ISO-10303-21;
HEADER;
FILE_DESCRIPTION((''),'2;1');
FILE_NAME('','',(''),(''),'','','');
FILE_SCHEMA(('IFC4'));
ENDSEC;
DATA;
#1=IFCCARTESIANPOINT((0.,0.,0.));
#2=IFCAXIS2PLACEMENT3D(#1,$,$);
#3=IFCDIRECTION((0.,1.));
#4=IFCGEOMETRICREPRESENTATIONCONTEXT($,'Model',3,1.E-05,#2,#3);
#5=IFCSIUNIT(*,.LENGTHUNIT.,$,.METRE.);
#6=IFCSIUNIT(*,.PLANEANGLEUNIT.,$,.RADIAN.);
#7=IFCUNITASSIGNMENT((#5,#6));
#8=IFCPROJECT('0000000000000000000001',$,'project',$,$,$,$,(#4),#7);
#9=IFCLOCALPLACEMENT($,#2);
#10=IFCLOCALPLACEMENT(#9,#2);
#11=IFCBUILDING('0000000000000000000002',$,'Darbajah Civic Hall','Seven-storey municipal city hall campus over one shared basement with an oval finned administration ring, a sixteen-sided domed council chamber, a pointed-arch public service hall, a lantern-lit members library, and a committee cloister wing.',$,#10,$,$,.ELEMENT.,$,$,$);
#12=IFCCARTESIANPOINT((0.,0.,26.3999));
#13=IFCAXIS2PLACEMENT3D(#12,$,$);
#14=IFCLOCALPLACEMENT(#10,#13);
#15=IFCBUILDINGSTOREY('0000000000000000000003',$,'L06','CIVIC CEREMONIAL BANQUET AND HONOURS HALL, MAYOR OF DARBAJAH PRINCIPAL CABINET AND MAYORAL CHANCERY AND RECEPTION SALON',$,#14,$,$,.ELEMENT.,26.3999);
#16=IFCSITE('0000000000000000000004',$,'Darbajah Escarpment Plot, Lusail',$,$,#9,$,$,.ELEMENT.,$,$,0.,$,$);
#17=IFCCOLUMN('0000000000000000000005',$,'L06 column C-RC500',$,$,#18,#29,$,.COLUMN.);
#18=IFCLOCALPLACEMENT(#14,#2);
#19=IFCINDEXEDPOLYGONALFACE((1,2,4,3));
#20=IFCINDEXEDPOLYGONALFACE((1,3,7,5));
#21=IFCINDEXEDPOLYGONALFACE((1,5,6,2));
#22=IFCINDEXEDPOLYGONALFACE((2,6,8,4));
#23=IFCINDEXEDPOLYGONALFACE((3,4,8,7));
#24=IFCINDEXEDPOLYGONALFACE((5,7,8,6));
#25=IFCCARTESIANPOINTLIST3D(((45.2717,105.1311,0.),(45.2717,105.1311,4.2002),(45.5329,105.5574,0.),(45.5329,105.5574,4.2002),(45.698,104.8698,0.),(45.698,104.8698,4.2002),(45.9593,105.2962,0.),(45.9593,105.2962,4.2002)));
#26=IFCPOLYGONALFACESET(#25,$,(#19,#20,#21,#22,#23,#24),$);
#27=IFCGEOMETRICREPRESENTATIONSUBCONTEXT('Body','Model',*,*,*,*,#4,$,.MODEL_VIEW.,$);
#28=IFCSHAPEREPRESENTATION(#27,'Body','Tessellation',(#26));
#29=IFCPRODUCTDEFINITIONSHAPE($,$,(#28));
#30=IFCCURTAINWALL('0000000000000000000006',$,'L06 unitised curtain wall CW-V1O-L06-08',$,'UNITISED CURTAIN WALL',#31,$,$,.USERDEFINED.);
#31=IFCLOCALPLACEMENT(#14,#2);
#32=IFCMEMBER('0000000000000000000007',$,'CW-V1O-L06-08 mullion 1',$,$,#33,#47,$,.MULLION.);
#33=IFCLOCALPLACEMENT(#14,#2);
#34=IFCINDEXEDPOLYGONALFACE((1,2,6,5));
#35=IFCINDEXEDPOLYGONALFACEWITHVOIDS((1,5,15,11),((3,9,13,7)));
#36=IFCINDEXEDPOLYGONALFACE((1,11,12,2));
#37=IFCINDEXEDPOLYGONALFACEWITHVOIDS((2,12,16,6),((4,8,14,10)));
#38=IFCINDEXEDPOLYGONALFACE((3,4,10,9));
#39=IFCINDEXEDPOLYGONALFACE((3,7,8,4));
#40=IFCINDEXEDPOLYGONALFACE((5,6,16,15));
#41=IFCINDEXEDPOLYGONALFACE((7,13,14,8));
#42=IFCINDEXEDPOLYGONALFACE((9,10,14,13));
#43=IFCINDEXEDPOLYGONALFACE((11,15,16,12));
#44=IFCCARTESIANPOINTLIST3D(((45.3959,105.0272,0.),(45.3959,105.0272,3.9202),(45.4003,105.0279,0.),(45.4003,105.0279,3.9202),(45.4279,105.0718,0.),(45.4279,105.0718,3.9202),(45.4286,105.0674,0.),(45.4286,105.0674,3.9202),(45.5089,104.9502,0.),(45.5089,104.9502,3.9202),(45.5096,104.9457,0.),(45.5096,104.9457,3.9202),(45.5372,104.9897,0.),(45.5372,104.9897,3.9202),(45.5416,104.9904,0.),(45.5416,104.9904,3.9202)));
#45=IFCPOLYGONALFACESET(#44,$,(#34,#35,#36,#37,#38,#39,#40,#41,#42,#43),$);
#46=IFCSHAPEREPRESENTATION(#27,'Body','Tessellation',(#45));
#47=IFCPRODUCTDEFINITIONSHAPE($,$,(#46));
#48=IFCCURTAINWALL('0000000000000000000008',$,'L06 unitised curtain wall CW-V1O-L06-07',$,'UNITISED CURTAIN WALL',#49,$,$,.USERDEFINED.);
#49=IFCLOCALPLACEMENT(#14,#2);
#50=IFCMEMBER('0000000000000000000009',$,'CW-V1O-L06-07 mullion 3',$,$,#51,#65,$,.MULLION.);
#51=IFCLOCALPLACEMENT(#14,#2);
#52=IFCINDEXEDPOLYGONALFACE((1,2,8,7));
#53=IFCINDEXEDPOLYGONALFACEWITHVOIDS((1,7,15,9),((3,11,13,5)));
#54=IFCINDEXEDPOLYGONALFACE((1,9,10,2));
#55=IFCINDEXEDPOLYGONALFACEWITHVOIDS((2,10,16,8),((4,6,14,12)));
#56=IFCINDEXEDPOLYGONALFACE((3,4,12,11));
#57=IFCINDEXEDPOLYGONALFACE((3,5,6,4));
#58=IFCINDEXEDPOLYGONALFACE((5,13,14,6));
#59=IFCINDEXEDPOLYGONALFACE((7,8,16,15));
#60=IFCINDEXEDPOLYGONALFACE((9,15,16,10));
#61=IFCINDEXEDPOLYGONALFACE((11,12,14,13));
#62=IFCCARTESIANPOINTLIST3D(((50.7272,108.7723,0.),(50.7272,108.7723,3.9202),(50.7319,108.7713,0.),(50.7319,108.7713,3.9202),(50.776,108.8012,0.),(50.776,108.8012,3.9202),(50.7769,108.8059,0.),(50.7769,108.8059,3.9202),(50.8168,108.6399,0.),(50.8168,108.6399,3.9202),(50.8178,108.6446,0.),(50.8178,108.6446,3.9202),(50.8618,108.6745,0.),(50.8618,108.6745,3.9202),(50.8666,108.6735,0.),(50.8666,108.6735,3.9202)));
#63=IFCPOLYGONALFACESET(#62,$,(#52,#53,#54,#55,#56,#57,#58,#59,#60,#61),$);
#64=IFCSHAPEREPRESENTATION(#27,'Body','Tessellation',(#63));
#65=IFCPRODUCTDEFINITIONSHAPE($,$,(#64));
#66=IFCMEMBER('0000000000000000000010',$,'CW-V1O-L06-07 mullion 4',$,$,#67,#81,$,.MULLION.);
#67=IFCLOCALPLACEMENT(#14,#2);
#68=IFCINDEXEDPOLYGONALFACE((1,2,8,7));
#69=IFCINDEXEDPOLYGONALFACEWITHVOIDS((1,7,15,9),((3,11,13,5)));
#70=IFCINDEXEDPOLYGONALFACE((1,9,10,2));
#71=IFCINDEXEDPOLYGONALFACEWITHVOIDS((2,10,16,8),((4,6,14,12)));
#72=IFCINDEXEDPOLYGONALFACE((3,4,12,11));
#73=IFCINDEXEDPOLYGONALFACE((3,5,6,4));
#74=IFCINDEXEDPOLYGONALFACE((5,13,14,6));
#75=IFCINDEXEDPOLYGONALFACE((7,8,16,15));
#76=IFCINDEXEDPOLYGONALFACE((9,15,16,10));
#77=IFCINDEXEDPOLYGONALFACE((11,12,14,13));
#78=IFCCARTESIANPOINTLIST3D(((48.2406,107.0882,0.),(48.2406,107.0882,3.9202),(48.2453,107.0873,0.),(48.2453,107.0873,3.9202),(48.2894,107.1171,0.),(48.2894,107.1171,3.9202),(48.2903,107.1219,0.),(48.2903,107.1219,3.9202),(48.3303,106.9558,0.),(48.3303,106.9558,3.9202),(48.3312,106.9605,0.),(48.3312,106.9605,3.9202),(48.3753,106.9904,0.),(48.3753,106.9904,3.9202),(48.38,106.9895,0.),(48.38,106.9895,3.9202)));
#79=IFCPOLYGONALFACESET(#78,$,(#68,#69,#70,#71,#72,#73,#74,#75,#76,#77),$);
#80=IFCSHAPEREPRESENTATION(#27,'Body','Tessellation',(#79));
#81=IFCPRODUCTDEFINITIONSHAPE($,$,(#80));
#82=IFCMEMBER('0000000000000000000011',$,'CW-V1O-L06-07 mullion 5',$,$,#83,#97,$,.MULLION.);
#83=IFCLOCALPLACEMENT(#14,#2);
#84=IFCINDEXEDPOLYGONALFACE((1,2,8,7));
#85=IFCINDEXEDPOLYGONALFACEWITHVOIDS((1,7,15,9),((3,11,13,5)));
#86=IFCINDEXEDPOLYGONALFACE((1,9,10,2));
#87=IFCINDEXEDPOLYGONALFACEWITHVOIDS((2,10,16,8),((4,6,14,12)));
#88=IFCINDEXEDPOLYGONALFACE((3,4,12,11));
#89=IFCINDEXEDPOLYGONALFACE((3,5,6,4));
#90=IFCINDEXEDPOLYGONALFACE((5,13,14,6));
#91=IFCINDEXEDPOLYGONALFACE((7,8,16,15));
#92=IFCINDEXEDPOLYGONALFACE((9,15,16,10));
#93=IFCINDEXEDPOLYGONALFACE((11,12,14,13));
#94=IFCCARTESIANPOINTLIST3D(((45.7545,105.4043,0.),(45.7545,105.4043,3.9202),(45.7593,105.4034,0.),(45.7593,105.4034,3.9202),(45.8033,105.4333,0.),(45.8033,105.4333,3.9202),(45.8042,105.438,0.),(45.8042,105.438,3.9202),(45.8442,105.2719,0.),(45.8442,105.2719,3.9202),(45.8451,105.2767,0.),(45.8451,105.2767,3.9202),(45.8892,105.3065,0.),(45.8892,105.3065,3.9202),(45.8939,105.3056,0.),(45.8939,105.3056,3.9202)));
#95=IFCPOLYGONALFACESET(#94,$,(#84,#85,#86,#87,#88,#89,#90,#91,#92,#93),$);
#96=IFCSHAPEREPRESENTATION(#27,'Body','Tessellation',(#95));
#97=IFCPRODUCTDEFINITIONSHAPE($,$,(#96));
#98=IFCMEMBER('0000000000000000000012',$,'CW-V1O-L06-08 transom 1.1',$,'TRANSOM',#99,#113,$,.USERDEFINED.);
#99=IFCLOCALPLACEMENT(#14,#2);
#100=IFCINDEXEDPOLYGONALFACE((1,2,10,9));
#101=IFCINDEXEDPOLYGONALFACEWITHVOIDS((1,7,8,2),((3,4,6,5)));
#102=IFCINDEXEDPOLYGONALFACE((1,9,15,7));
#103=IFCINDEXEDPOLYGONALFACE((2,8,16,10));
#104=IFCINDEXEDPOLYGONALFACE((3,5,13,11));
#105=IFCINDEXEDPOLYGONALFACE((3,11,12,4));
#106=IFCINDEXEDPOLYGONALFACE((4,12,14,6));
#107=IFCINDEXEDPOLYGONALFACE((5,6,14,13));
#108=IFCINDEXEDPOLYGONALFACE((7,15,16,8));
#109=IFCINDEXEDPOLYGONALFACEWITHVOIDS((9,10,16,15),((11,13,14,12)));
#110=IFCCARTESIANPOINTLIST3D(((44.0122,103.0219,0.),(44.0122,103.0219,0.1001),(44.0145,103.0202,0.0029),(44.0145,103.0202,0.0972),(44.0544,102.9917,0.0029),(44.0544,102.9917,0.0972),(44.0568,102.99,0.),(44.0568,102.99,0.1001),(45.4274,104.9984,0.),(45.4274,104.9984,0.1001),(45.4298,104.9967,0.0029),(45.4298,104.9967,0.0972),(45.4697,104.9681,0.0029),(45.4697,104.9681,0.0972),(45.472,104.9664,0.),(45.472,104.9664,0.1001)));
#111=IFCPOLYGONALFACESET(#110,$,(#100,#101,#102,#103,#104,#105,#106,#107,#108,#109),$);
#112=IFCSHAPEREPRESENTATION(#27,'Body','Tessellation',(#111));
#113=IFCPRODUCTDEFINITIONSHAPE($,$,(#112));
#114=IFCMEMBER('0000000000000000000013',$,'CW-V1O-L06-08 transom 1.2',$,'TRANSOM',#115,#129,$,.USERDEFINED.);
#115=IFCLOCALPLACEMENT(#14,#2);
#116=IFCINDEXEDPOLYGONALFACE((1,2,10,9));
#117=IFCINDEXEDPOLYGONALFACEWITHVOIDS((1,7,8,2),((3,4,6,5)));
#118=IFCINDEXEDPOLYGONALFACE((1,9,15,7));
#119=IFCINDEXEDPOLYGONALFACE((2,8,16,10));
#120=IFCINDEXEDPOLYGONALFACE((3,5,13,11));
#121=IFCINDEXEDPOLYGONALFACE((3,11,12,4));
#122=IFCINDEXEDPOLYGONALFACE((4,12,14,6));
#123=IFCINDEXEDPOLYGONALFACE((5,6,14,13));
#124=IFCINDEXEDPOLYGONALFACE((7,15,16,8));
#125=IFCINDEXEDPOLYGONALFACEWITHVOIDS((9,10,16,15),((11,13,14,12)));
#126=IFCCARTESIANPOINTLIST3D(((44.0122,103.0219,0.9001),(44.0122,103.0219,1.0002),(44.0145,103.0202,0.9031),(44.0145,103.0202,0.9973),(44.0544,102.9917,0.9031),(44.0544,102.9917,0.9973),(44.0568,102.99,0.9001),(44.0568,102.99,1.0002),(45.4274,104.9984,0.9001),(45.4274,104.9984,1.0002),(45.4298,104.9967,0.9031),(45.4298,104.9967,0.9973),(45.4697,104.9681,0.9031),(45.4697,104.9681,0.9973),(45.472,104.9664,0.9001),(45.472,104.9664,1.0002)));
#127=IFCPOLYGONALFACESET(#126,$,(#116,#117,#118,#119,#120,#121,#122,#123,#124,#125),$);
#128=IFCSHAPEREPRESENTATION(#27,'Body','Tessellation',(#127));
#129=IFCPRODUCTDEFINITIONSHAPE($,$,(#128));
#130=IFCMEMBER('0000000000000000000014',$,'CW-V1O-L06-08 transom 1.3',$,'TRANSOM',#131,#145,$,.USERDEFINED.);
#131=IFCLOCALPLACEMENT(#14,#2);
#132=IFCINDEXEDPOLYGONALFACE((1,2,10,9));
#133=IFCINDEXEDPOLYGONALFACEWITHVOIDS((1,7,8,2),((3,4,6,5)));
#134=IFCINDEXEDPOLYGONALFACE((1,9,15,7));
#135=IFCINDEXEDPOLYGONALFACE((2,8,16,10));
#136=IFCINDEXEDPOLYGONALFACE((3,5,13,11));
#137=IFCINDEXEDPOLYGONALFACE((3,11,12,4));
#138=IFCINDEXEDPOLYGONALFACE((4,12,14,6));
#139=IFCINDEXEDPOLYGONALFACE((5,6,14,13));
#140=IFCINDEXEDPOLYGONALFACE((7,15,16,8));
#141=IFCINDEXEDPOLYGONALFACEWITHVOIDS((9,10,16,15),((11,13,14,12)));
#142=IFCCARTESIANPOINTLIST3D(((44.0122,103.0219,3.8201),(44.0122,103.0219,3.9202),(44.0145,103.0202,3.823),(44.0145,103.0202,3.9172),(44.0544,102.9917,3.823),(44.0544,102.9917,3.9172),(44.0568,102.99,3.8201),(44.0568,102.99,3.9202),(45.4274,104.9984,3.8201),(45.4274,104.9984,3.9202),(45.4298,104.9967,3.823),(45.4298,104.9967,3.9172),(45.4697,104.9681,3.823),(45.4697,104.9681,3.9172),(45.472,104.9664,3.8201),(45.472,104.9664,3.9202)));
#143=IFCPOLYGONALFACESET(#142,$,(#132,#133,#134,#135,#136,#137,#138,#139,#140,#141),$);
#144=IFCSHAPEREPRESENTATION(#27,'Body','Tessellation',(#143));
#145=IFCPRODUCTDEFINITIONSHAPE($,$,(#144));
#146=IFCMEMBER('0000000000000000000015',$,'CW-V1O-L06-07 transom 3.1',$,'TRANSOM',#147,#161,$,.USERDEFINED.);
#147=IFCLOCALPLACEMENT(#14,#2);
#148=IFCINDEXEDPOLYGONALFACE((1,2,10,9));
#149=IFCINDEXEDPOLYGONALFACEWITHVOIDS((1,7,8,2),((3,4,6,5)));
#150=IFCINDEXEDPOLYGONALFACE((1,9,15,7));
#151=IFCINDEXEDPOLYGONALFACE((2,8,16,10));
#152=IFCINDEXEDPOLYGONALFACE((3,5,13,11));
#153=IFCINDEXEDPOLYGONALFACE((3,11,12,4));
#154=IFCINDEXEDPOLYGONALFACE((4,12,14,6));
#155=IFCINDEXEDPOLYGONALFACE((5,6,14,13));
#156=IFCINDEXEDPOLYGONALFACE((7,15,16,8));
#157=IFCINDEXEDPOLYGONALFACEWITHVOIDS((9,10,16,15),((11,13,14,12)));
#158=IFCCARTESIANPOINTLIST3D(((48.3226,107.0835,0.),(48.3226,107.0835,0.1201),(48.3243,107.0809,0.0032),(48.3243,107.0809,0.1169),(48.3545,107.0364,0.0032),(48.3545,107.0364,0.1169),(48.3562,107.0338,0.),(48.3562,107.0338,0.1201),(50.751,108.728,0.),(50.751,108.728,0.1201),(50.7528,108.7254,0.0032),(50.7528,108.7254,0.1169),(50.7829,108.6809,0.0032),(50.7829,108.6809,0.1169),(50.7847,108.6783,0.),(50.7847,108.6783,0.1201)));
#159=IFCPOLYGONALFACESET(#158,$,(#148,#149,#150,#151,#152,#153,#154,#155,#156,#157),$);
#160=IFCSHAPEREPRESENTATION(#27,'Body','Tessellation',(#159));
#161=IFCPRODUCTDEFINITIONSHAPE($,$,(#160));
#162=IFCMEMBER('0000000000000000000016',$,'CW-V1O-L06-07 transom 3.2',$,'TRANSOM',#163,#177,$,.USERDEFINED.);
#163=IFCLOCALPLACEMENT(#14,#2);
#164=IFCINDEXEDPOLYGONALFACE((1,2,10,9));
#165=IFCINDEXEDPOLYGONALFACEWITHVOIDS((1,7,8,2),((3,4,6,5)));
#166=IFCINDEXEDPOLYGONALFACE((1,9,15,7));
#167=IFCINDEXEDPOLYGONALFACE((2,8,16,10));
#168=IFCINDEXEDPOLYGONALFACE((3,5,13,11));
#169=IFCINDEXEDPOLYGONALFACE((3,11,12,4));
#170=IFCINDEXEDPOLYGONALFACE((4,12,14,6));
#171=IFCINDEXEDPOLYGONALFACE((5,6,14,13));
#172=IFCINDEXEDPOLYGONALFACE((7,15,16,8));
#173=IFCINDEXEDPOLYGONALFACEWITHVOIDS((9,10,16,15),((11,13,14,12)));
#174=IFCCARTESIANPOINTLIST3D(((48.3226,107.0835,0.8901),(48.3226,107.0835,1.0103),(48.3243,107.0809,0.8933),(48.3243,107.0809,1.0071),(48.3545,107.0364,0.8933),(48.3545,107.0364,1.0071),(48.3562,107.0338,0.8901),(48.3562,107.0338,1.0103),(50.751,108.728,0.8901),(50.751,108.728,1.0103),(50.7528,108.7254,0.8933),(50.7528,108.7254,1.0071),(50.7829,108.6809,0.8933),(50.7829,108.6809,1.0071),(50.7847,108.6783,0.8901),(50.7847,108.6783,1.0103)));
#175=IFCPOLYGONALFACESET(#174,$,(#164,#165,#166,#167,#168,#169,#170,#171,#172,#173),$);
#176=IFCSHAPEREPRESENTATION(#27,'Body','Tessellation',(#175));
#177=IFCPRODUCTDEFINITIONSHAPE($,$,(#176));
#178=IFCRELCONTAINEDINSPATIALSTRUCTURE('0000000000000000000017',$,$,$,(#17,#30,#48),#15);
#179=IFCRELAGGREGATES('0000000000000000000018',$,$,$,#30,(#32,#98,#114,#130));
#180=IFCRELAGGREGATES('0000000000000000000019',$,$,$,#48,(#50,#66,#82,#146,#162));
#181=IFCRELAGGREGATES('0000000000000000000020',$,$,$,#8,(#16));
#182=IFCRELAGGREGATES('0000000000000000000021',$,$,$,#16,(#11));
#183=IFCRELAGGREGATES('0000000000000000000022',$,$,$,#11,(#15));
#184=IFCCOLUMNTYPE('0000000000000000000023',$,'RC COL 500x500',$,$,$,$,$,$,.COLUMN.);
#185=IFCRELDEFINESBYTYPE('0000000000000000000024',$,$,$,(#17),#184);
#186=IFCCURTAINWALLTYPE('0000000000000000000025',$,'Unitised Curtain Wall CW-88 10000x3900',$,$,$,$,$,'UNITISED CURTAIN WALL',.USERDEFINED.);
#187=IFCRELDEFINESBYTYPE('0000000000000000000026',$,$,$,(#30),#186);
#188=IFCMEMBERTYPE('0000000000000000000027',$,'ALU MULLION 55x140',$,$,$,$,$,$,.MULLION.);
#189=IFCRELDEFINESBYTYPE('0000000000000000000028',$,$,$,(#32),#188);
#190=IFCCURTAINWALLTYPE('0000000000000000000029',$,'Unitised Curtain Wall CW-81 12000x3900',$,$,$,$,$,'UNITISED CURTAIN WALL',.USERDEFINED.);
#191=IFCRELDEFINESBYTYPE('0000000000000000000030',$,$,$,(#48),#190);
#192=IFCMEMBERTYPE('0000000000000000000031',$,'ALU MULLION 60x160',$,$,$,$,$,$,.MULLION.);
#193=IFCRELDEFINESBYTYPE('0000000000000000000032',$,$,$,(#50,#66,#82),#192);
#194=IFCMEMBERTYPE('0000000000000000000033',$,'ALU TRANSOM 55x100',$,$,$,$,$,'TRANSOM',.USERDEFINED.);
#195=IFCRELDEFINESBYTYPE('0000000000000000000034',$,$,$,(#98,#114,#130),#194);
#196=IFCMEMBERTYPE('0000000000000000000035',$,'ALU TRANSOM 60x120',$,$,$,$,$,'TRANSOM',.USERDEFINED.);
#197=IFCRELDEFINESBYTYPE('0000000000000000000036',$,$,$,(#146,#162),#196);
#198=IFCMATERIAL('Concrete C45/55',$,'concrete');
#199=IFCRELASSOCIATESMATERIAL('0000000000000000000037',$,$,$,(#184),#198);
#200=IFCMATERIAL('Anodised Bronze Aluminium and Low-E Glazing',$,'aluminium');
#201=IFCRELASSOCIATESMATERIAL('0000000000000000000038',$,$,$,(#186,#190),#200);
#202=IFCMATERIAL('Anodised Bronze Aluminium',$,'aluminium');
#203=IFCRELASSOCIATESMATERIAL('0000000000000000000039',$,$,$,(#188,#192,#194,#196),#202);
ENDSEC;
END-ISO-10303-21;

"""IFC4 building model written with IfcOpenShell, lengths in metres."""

from ifc_helpers import new_model, si_unit, direction, frame, origin, origin_2d, place, context, subcontext, project, spatial, rectangle, hollow_rectangle, extrude, material, material_profile, profile_set, type_object, element, aggregate, save


model = new_model("IFC4")

# Units and contexts
model_context = context("Model", 3, precision=1e-05, world=origin(), true_north=direction((0.0, 1.0)))
body_context = subcontext(model_context, "Body", "Model", "MODEL_VIEW")
ifc_project = project(units=[si_unit("LENGTHUNIT", "METRE"), si_unit("PLANEANGLEUNIT", "RADIAN")], contexts=[model_context])

# Site, building, storey
site_placement = place(None, origin())
site = spatial("IfcSite", under=ifc_project, at=site_placement, Name="Darbajah Escarpment Plot, Lusail", CompositionType="ELEMENT", RefElevation=0.0)
building_placement = place(site_placement, origin())
building = spatial("IfcBuilding", under=site, at=building_placement, Name="Darbajah Civic Hall", Description="Seven-storey municipal city hall campus over one shared basement with an oval finned administration ring, a sixteen-sided domed council chamber, a pointed-arch public service hall, a lantern-lit members library, and a committee cloister wing.", CompositionType="ELEMENT")
storey_placement = place(building_placement, frame((0.0, 0.0, 26.3999)))
storey = spatial("IfcBuildingStorey", under=building, at=storey_placement, Name="L06", Description="CIVIC CEREMONIAL BANQUET AND HONOURS HALL, MAYOR OF DARBAJAH PRINCIPAL CABINET AND MAYORAL CHANCERY AND RECEPTION SALON", CompositionType="ELEMENT", Elevation=26.3999)

# Column
ifc_material_1 = material(Name="Concrete C45/55", Category="concrete")
ifc_material_profile_1 = material_profile(ifc_material_1, rectangle(XDim=0.5, YDim=0.5, at=origin_2d()), Name="RC COL 500x500")
ifc_profile_set_1 = profile_set([ifc_material_profile_1], Name="Concrete C45/55")
column_type = type_object("IfcColumnType", Name="RC COL 500x500", PredefinedType="COLUMN", material=ifc_profile_set_1)
column_placement = place(storey_placement, frame((45.6155, 105.2136, 0.0), z_axis=(0.0, 0.0, 1.0), x_axis=(-0.85264, 0.522499, 0.0)))
element("IfcColumn", 1, at=column_placement, inside=storey, type_object=column_type, Name="L06 column C-RC500", PredefinedType="COLUMN", context=body_context, shape_type="SweptSolid", body=[
    extrude(rectangle(XDim=0.5, YDim=0.5, at=origin_2d()), origin(), (0.0, 0.0, 1.0), 4.2002),
])

# Curtain wall, member
ifc_material_2 = material(Name="Anodised Bronze Aluminium and Low-E Glazing", Category="aluminium")
curtain_wall_type_1 = type_object("IfcCurtainWallType", Name="Unitised Curtain Wall CW-88 10000x3900", ElementType="UNITISED CURTAIN WALL", PredefinedType="USERDEFINED", material=ifc_material_2)
curtain_wall_1_placement = place(storey_placement, origin())
curtain_wall_1 = element("IfcCurtainWall", 2, at=curtain_wall_1_placement, inside=storey, type_object=curtain_wall_type_1, Name="L06 unitised curtain wall CW-V1O-L06-08", ObjectType="UNITISED CURTAIN WALL", PredefinedType="USERDEFINED")
ifc_material_3 = material(Name="Anodised Bronze Aluminium", Category="aluminium")
ifc_material_profile_2 = material_profile(ifc_material_3, hollow_rectangle(XDim=0.0549, YDim=0.1399, WallThickness=0.0032, at=origin_2d()), Name="ALU MULLION 55x140")
ifc_profile_set_2 = profile_set([ifc_material_profile_2], Name="Anodised Bronze Aluminium")
member_type_1 = type_object("IfcMemberType", Name="ALU MULLION 55x140", PredefinedType="MULLION", material=ifc_profile_set_2)
member_1_placement = place(storey_placement, frame((45.4688, 105.0088, 0.0), z_axis=(0.0, 0.0, 1.0), x_axis=(-0.582265, -0.812999, 0.0)))
member_1 = element("IfcMember", 3, at=member_1_placement, type_object=member_type_1, Name="CW-V1O-L06-08 mullion 1", PredefinedType="MULLION", context=body_context, shape_type="SweptSolid", body=[
    extrude(hollow_rectangle(XDim=0.0549, YDim=0.1399, WallThickness=0.0032, at=origin_2d()), origin(), (0.0, 0.0, 1.0), 3.9202),
])

# Curtain wall, members
curtain_wall_type_2 = type_object("IfcCurtainWallType", Name="Unitised Curtain Wall CW-81 12000x3900", ElementType="UNITISED CURTAIN WALL", PredefinedType="USERDEFINED", material=ifc_material_2)
curtain_wall_2_placement = place(storey_placement, origin())
curtain_wall_2 = element("IfcCurtainWall", 4, at=curtain_wall_2_placement, inside=storey, type_object=curtain_wall_type_2, Name="L06 unitised curtain wall CW-V1O-L06-07", ObjectType="UNITISED CURTAIN WALL", PredefinedType="USERDEFINED")
ifc_material_profile_3 = material_profile(ifc_material_3, hollow_rectangle(XDim=0.0601, YDim=0.1599, WallThickness=0.0034, at=origin_2d()), Name="ALU MULLION 60x160")
ifc_profile_set_3 = profile_set([ifc_material_profile_3], Name="Anodised Bronze Aluminium")
member_type_2 = type_object("IfcMemberType", Name="ALU MULLION 60x160", PredefinedType="MULLION", material=ifc_profile_set_3)
member_2_placement = place(storey_placement, frame((50.7969, 108.7229, 0.0), z_axis=(0.0, 0.0, 1.0), x_axis=(-0.827962, -0.560784, 0.0)))
member_2 = element("IfcMember", 5, at=member_2_placement, type_object=member_type_2, Name="CW-V1O-L06-07 mullion 3", PredefinedType="MULLION", context=body_context, shape_type="SweptSolid", body=[
    extrude(hollow_rectangle(XDim=0.0601, YDim=0.1599, WallThickness=0.0034, at=origin_2d()), origin(), (0.0, 0.0, 1.0), 3.9202),
])
member_3_placement = place(storey_placement, frame((48.3103, 107.0388, 0.0), z_axis=(0.0, 0.0, 1.0), x_axis=(-0.827962, -0.560784, 0.0)))
member_3 = element("IfcMember", 6, at=member_3_placement, type_object=member_type_2, Name="CW-V1O-L06-07 mullion 4", PredefinedType="MULLION", context=body_context, shape_type="SweptSolid", body=[
    extrude(hollow_rectangle(XDim=0.0601, YDim=0.1599, WallThickness=0.0034, at=origin_2d()), origin(), (0.0, 0.0, 1.0), 3.9202),
])
member_4_placement = place(storey_placement, frame((45.8242, 105.355, 0.0), z_axis=(0.0, 0.0, 1.0), x_axis=(-0.827962, -0.560784, 0.0)))
member_4 = element("IfcMember", 7, at=member_4_placement, type_object=member_type_2, Name="CW-V1O-L06-07 mullion 5", PredefinedType="MULLION", context=body_context, shape_type="SweptSolid", body=[
    extrude(hollow_rectangle(XDim=0.0601, YDim=0.1599, WallThickness=0.0034, at=origin_2d()), origin(), (0.0, 0.0, 1.0), 3.9202),
])

# Members
ifc_material_profile_4 = material_profile(ifc_material_3, hollow_rectangle(XDim=0.0549, YDim=0.1001, WallThickness=0.0029, at=origin_2d()), Name="ALU TRANSOM 55x100")
ifc_profile_set_4 = profile_set([ifc_material_profile_4], Name="Anodised Bronze Aluminium")
member_type_3 = type_object("IfcMemberType", Name="ALU TRANSOM 55x100", ElementType="TRANSOM", PredefinedType="USERDEFINED", material=ifc_profile_set_4)
member_5_placement = place(storey_placement, frame((45.4497, 104.9824, 0.05), z_axis=(-0.582178, -0.813061, 0.0), x_axis=(0.813061, -0.582178, 0.0)))
member_5 = element("IfcMember", 8, at=member_5_placement, type_object=member_type_3, Name="CW-V1O-L06-08 transom 1.1", ObjectType="TRANSOM", PredefinedType="USERDEFINED", context=body_context, shape_type="SweptSolid", body=[
    extrude(hollow_rectangle(XDim=0.0549, YDim=0.1001, WallThickness=0.0029, at=origin_2d()), origin(), (0.0, 0.0, 1.0), 2.4309),
])
member_6_placement = place(storey_placement, frame((45.4497, 104.9824, 0.9502), z_axis=(-0.582178, -0.813061, 0.0), x_axis=(0.813061, -0.582178, 0.0)))
member_6 = element("IfcMember", 9, at=member_6_placement, type_object=member_type_3, Name="CW-V1O-L06-08 transom 1.2", ObjectType="TRANSOM", PredefinedType="USERDEFINED", context=body_context, shape_type="SweptSolid", body=[
    extrude(hollow_rectangle(XDim=0.0549, YDim=0.1001, WallThickness=0.0029, at=origin_2d()), origin(), (0.0, 0.0, 1.0), 2.4309),
])
member_7_placement = place(storey_placement, frame((45.4497, 104.9824, 3.8701), z_axis=(-0.582178, -0.813061, 0.0), x_axis=(0.813061, -0.582178, 0.0)))
member_7 = element("IfcMember", 10, at=member_7_placement, type_object=member_type_3, Name="CW-V1O-L06-08 transom 1.3", ObjectType="TRANSOM", PredefinedType="USERDEFINED", context=body_context, shape_type="SweptSolid", body=[
    extrude(hollow_rectangle(XDim=0.0549, YDim=0.1001, WallThickness=0.0029, at=origin_2d()), origin(), (0.0, 0.0, 1.0), 2.4309),
])
ifc_material_profile_5 = material_profile(ifc_material_3, hollow_rectangle(XDim=0.0601, YDim=0.1201, WallThickness=0.0032, at=origin_2d()), Name="ALU TRANSOM 60x120")
ifc_profile_set_5 = profile_set([ifc_material_profile_5], Name="Anodised Bronze Aluminium")
member_type_4 = type_object("IfcMemberType", Name="ALU TRANSOM 60x120", ElementType="TRANSOM", PredefinedType="USERDEFINED", material=ifc_profile_set_5)
member_8_placement = place(storey_placement, frame((50.7678, 108.7031, 0.0601), z_axis=(-0.828007, -0.560717, 0.0), x_axis=(0.560717, -0.828007, 0.0)))
member_8 = element("IfcMember", 11, at=member_8_placement, type_object=member_type_4, Name="CW-V1O-L06-07 transom 3.1", ObjectType="TRANSOM", PredefinedType="USERDEFINED", context=body_context, shape_type="SweptSolid", body=[
    extrude(hollow_rectangle(XDim=0.0601, YDim=0.1201, WallThickness=0.0032, at=origin_2d()), origin(), (0.0, 0.0, 1.0), 2.9329),
])
member_9_placement = place(storey_placement, frame((50.7678, 108.7031, 0.9502), z_axis=(-0.828007, -0.560717, 0.0), x_axis=(0.560717, -0.828007, 0.0)))
member_9 = element("IfcMember", 12, at=member_9_placement, type_object=member_type_4, Name="CW-V1O-L06-07 transom 3.2", ObjectType="TRANSOM", PredefinedType="USERDEFINED", context=body_context, shape_type="SweptSolid", body=[
    extrude(hollow_rectangle(XDim=0.0601, YDim=0.1201, WallThickness=0.0032, at=origin_2d()), origin(), (0.0, 0.0, 1.0), 2.9329),
])

aggregate(curtain_wall_1, [member_1, member_5, member_6, member_7])
aggregate(curtain_wall_2, [member_2, member_3, member_4, member_8, member_9])

save(model, "model.ifc")
